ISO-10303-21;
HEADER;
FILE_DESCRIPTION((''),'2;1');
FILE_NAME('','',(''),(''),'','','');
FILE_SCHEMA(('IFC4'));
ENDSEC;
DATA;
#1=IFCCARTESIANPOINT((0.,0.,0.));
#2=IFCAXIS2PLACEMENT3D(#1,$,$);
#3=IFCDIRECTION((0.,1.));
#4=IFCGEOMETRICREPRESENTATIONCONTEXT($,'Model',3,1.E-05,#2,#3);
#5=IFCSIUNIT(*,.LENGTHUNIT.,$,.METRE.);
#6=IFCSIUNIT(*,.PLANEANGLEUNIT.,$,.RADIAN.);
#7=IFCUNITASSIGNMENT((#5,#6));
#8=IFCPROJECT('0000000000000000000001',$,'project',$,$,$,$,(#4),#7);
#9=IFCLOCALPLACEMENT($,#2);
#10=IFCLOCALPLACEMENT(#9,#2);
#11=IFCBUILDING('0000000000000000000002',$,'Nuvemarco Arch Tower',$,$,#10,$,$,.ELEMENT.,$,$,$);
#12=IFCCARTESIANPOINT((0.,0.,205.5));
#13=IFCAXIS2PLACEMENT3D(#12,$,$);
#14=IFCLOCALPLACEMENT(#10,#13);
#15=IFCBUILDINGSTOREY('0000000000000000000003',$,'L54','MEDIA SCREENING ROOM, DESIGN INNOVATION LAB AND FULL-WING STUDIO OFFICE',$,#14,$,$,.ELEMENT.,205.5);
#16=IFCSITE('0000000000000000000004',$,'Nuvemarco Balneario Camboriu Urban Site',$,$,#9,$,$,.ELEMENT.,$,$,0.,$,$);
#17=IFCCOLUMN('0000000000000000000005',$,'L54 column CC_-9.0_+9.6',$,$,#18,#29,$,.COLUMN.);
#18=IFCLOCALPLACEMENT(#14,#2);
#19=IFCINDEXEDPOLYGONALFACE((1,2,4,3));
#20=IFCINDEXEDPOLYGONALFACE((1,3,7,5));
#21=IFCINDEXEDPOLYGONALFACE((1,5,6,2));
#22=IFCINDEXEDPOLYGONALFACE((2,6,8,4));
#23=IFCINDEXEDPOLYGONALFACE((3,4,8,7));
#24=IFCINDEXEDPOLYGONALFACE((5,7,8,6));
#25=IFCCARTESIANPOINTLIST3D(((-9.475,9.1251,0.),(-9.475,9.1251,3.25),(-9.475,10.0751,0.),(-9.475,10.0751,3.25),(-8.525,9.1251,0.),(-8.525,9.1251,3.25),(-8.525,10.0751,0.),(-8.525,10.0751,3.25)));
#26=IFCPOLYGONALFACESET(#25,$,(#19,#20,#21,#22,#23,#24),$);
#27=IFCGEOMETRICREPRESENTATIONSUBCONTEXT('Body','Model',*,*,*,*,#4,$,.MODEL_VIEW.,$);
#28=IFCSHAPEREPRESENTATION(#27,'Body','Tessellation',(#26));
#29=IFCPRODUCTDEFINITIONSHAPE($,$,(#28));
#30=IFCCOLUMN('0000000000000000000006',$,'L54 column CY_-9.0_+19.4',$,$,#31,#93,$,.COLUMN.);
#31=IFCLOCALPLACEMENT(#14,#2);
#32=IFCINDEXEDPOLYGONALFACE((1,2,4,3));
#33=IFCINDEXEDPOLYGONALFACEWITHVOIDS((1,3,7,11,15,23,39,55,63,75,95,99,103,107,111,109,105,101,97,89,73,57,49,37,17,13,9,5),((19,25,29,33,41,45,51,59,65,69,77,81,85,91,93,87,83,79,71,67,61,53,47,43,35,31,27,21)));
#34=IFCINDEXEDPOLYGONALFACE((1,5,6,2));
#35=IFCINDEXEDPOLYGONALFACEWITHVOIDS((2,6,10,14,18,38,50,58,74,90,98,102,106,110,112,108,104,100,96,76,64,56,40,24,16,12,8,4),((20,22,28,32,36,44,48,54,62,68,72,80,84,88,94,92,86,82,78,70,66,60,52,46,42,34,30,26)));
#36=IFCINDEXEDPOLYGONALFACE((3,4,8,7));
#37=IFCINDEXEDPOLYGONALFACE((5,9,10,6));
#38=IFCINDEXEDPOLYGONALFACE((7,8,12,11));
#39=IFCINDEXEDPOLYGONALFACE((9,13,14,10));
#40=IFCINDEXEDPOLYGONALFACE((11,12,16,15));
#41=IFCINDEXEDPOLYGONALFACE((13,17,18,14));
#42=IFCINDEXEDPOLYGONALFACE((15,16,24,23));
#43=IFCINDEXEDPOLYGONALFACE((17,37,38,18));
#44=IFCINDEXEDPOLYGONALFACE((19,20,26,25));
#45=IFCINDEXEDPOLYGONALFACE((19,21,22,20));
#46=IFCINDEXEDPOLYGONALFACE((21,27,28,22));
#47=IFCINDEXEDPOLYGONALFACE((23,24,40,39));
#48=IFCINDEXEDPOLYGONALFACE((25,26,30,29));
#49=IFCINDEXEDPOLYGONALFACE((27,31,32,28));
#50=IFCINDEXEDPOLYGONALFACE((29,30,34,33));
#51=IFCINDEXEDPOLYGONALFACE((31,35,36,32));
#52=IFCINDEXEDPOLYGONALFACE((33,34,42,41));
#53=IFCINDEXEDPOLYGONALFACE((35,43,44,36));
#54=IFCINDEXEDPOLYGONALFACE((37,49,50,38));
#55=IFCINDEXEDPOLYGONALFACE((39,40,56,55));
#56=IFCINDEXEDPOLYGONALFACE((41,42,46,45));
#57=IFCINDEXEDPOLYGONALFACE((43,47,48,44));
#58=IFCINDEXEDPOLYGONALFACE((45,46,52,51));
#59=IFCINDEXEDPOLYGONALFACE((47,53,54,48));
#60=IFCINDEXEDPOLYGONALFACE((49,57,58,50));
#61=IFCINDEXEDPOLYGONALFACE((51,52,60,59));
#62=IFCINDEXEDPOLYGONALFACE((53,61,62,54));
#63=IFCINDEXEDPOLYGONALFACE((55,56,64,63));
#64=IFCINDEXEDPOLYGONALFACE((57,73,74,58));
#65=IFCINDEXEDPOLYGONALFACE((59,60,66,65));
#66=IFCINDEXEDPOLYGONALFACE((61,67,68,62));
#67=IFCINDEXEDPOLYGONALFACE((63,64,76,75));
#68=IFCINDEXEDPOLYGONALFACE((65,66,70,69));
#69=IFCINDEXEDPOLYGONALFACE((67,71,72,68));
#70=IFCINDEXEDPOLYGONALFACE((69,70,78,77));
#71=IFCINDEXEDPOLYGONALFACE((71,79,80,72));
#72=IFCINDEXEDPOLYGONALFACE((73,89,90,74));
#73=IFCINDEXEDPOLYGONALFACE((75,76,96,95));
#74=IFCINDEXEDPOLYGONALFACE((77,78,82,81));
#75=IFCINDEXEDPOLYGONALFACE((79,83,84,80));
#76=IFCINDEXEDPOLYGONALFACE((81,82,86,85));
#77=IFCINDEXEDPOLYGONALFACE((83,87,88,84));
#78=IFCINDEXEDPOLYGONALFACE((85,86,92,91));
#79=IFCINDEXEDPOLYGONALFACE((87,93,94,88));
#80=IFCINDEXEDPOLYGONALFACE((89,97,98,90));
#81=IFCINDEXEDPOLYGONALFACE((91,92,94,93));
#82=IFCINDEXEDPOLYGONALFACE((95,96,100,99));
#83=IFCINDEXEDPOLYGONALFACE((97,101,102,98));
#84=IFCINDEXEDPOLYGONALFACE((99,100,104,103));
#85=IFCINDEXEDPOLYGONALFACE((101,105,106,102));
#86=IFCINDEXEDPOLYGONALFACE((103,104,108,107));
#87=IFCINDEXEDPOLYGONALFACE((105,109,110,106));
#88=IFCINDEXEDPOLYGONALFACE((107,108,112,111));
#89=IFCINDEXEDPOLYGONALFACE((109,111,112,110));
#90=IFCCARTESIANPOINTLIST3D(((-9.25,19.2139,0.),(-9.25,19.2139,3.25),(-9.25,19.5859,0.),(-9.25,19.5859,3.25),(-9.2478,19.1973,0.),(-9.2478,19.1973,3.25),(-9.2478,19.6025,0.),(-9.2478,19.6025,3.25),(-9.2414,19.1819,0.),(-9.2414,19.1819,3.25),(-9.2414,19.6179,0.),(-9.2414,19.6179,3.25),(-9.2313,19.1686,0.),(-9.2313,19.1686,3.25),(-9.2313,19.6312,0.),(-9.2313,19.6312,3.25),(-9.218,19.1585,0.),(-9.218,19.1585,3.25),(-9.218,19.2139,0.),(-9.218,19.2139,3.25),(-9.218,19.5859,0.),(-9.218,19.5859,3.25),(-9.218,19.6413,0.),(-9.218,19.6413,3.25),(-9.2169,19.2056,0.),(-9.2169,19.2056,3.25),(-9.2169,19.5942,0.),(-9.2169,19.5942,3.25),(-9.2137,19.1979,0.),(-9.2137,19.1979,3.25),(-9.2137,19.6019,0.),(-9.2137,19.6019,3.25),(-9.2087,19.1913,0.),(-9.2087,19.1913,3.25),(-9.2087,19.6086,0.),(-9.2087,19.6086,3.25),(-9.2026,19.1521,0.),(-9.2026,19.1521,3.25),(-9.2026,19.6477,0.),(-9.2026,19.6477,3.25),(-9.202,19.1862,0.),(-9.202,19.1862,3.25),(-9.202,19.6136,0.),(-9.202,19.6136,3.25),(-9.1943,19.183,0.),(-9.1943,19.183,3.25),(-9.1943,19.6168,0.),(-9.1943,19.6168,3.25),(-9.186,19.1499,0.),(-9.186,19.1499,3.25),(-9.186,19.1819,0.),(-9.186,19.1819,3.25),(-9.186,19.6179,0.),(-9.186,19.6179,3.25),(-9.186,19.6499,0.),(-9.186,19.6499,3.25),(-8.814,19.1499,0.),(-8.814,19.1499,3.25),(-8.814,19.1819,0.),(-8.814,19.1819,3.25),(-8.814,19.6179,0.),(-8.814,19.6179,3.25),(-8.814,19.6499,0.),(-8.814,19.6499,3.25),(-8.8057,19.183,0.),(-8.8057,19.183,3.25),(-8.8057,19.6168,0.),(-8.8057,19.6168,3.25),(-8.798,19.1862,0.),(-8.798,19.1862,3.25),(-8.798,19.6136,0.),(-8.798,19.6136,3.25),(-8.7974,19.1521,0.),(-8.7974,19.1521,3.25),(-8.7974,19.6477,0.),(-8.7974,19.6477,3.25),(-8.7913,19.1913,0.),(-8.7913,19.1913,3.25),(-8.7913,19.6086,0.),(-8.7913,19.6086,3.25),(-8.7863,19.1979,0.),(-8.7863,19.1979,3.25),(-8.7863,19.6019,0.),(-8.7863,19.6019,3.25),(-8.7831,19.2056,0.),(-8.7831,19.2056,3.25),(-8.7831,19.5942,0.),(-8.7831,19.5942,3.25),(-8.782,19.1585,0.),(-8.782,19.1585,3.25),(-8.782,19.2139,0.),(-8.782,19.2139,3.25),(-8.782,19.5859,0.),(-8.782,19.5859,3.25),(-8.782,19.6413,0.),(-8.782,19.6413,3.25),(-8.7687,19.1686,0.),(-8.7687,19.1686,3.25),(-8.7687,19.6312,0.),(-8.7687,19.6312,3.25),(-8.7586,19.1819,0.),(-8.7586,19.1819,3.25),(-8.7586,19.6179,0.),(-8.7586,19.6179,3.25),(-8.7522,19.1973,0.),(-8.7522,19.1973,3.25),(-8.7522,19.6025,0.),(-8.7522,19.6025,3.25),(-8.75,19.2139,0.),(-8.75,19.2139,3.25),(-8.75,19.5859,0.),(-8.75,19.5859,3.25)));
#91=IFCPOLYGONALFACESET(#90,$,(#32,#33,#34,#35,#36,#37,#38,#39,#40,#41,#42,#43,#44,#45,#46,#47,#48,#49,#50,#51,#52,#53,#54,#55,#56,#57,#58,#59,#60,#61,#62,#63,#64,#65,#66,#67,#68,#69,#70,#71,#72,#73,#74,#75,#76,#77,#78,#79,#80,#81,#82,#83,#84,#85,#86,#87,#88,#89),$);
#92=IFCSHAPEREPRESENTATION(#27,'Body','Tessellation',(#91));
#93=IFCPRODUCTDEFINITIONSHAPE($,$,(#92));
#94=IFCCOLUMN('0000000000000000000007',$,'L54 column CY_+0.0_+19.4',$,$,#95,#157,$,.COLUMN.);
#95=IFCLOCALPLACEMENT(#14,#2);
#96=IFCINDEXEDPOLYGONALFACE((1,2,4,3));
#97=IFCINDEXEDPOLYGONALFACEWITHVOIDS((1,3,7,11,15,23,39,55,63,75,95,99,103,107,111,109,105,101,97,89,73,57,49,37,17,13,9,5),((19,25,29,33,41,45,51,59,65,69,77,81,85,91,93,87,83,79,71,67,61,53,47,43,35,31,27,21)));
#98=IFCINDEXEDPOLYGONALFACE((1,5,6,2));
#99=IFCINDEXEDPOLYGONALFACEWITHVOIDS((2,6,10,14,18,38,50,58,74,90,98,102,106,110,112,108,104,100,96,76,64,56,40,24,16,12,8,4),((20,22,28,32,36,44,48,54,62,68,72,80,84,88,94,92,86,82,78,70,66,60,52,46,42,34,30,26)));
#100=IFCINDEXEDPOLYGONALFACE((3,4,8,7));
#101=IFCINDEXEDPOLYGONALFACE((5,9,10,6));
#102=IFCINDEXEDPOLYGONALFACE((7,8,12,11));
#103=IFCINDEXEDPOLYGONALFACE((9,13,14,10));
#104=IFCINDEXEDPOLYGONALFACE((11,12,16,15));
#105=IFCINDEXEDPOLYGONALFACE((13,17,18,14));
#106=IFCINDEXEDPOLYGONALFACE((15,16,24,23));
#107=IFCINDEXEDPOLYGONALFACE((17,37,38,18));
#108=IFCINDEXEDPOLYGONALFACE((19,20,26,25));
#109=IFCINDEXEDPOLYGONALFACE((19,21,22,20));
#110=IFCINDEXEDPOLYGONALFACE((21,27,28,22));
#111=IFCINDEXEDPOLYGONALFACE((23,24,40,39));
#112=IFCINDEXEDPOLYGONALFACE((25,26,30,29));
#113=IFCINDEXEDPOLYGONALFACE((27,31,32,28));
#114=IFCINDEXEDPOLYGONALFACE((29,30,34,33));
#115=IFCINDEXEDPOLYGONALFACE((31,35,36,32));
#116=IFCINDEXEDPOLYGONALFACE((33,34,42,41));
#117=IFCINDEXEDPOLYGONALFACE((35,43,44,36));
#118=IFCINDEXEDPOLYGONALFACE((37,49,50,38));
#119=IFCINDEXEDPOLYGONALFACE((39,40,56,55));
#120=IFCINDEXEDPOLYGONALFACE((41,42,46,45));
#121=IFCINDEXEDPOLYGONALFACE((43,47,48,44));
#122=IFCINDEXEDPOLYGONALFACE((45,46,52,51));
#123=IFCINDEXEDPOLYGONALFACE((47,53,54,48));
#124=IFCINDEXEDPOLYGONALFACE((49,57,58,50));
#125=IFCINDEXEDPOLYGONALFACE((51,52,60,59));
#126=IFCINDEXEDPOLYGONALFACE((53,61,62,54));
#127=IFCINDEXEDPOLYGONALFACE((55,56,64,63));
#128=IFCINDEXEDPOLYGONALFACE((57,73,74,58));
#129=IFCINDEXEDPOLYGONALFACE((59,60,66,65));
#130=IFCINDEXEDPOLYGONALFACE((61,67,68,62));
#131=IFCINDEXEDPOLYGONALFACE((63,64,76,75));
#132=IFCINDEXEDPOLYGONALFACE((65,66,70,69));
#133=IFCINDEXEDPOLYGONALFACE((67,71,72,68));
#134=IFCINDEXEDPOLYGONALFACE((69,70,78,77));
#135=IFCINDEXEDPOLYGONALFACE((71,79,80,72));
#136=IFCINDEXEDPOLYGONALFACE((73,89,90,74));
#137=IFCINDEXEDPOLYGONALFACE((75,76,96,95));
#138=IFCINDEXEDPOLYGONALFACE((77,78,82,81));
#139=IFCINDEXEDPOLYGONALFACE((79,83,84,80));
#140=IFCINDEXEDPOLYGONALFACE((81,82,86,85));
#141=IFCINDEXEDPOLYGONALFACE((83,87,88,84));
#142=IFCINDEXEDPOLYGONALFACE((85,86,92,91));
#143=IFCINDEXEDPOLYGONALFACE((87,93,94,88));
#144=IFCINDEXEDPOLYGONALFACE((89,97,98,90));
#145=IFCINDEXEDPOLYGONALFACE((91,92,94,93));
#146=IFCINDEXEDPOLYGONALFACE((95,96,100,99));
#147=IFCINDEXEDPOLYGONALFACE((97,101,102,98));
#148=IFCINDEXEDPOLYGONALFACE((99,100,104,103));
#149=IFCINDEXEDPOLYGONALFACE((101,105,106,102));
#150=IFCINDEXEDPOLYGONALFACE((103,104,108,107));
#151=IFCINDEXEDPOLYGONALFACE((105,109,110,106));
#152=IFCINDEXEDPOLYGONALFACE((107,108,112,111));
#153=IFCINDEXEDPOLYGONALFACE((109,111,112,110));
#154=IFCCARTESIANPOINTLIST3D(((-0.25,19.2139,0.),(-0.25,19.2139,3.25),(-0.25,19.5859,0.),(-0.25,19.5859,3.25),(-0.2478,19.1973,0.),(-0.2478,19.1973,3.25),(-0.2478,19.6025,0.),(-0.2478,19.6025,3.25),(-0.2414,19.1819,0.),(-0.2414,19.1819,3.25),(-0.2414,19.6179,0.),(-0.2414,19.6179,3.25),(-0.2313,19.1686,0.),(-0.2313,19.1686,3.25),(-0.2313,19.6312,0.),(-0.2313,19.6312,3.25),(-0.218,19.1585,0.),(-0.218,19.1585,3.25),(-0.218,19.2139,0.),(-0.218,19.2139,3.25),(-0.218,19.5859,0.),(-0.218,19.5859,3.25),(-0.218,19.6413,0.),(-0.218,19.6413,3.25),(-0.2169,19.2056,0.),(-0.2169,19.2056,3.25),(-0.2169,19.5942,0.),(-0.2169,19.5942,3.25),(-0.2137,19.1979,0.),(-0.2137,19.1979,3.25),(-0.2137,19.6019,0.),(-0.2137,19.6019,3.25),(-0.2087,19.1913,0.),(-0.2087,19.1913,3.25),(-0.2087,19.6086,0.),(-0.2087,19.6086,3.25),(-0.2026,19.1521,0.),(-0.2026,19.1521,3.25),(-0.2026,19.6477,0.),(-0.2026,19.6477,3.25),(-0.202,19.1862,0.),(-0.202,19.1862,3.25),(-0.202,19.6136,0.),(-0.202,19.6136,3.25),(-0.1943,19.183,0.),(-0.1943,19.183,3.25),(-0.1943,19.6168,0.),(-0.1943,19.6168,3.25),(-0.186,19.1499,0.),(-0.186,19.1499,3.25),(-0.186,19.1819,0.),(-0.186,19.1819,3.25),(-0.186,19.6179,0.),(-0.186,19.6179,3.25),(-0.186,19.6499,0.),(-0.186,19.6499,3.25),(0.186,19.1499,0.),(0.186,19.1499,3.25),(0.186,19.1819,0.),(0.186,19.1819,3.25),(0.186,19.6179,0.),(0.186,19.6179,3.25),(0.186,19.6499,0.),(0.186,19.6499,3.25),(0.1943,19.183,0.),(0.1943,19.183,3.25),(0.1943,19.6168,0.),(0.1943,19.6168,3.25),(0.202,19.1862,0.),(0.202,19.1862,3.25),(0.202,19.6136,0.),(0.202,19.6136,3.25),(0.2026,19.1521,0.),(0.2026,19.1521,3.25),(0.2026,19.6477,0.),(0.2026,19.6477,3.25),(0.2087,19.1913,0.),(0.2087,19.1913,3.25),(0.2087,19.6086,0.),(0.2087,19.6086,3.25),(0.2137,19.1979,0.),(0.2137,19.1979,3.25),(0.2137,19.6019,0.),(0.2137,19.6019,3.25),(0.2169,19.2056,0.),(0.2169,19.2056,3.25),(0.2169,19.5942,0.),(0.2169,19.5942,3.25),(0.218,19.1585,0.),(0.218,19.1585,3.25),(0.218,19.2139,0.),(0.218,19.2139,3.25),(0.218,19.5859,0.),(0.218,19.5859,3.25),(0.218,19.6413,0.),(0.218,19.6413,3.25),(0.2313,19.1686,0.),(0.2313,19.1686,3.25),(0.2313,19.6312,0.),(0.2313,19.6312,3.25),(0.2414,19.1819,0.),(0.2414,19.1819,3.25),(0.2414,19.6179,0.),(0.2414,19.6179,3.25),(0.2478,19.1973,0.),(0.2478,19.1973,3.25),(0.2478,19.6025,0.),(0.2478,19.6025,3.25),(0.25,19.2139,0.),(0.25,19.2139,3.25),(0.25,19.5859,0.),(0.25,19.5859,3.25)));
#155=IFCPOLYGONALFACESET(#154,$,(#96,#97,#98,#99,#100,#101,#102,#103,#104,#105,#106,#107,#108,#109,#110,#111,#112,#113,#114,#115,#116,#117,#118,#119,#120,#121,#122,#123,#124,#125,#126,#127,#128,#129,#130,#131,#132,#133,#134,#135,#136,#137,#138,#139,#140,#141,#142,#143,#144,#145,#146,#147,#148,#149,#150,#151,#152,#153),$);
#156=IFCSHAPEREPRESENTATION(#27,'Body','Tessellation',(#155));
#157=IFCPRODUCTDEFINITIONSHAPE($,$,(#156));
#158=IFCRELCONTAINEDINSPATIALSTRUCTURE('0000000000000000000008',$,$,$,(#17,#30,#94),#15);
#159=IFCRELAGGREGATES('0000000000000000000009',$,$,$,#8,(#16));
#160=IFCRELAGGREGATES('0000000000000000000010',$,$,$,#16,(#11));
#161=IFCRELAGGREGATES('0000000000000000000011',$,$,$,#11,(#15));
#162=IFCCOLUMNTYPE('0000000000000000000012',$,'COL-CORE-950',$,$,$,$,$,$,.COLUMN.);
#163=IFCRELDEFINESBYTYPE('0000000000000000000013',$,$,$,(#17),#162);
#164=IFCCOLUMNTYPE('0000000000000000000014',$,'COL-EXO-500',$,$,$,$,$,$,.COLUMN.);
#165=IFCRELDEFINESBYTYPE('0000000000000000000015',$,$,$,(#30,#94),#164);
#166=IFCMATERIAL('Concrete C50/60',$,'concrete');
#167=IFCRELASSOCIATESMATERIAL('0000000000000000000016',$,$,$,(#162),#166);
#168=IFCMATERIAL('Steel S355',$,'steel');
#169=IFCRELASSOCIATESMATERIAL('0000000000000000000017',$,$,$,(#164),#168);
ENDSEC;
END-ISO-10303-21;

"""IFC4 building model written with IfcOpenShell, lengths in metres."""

from ifc_helpers import new_model, si_unit, direction, frame, origin, origin_2d, place, context, subcontext, project, spatial, rectangle, hollow_rectangle, extrude, material, material_profile, profile_set, type_object, element, save


model = new_model("IFC4")

# Units and contexts
model_context = context("Model", 3, precision=1e-05, world=origin(), true_north=direction((0.0, 1.0)))
body_context = subcontext(model_context, "Body", "Model", "MODEL_VIEW")
ifc_project = project(units=[si_unit("LENGTHUNIT", "METRE"), si_unit("PLANEANGLEUNIT", "RADIAN")], contexts=[model_context])

# Site, building, storey
site_placement = place(None, origin())
site = spatial("IfcSite", under=ifc_project, at=site_placement, Name="Nuvemarco Balneario Camboriu Urban Site", CompositionType="ELEMENT", RefElevation=0.0)
building_placement = place(site_placement, origin())
building = spatial("IfcBuilding", under=site, at=building_placement, Name="Nuvemarco Arch Tower", CompositionType="ELEMENT")
storey_placement = place(building_placement, frame((0.0, 0.0, 205.5)))
storey = spatial("IfcBuildingStorey", under=building, at=storey_placement, Name="L54", Description="MEDIA SCREENING ROOM, DESIGN INNOVATION LAB AND FULL-WING STUDIO OFFICE", CompositionType="ELEMENT", Elevation=205.5)

# Columns
ifc_material_1 = material(Name="Concrete C50/60", Category="concrete")
ifc_material_profile_1 = material_profile(ifc_material_1, rectangle(XDim=0.95, YDim=0.95, at=origin_2d()), Name="RC-COL-950x950")
ifc_profile_set_1 = profile_set([ifc_material_profile_1], Name="Concrete C50/60")
column_type_1 = type_object("IfcColumnType", Name="COL-CORE-950", PredefinedType="COLUMN", material=ifc_profile_set_1)
column_placement = place(storey_placement, frame((-9.0, 9.6001, 0.0), z_axis=(0.0, 0.0, 1.0), x_axis=(1.0, 0.0, 0.0)))
element("IfcColumn", 1, at=column_placement, inside=storey, type_object=column_type_1, Name="L54 column CC_-9.0_+9.6", PredefinedType="COLUMN", context=body_context, shape_type="SweptSolid", body=[
    extrude(rectangle(XDim=0.95, YDim=0.95, at=origin_2d()), origin(), (0.0, 0.0, 1.0), 3.25),
])
ifc_material_2 = material(Name="Steel S355", Category="steel")
ifc_material_profile_2 = material_profile(ifc_material_2, hollow_rectangle(XDim=0.5, YDim=0.5, WallThickness=0.032, InnerFilletRadius=0.032, OuterFilletRadius=0.064, at=origin_2d()), Name="SHS500x500x32")
ifc_profile_set_2 = profile_set([ifc_material_profile_2], Name="Steel S355")
column_type_2 = type_object("IfcColumnType", Name="COL-EXO-500", PredefinedType="COLUMN", material=ifc_profile_set_2)
for number, where, z_axis, x_axis, name in (
    (2, (-9.0, 19.3999, 0.0), (0.0, 0.0, 1.0), (1.0, 0.0, 0.0), "L54 column CY_-9.0_+19.4"),
    (3, (0.0, 19.3999, 0.0), (0.0, 0.0, 1.0), (1.0, 0.0, 0.0), "L54 column CY_+0.0_+19.4"),
):
    element("IfcColumn", number, at=place(storey_placement, frame(where, z_axis=z_axis, x_axis=x_axis)), inside=storey, type_object=column_type_2, Name=name, PredefinedType="COLUMN", context=body_context, shape_type="SweptSolid", body=[
        extrude(hollow_rectangle(XDim=0.5, YDim=0.5, WallThickness=0.032, InnerFilletRadius=0.032, OuterFilletRadius=0.064, at=origin_2d()), origin(), (0.0, 0.0, 1.0), 3.25),
    ])

save(model, "model.ifc")
